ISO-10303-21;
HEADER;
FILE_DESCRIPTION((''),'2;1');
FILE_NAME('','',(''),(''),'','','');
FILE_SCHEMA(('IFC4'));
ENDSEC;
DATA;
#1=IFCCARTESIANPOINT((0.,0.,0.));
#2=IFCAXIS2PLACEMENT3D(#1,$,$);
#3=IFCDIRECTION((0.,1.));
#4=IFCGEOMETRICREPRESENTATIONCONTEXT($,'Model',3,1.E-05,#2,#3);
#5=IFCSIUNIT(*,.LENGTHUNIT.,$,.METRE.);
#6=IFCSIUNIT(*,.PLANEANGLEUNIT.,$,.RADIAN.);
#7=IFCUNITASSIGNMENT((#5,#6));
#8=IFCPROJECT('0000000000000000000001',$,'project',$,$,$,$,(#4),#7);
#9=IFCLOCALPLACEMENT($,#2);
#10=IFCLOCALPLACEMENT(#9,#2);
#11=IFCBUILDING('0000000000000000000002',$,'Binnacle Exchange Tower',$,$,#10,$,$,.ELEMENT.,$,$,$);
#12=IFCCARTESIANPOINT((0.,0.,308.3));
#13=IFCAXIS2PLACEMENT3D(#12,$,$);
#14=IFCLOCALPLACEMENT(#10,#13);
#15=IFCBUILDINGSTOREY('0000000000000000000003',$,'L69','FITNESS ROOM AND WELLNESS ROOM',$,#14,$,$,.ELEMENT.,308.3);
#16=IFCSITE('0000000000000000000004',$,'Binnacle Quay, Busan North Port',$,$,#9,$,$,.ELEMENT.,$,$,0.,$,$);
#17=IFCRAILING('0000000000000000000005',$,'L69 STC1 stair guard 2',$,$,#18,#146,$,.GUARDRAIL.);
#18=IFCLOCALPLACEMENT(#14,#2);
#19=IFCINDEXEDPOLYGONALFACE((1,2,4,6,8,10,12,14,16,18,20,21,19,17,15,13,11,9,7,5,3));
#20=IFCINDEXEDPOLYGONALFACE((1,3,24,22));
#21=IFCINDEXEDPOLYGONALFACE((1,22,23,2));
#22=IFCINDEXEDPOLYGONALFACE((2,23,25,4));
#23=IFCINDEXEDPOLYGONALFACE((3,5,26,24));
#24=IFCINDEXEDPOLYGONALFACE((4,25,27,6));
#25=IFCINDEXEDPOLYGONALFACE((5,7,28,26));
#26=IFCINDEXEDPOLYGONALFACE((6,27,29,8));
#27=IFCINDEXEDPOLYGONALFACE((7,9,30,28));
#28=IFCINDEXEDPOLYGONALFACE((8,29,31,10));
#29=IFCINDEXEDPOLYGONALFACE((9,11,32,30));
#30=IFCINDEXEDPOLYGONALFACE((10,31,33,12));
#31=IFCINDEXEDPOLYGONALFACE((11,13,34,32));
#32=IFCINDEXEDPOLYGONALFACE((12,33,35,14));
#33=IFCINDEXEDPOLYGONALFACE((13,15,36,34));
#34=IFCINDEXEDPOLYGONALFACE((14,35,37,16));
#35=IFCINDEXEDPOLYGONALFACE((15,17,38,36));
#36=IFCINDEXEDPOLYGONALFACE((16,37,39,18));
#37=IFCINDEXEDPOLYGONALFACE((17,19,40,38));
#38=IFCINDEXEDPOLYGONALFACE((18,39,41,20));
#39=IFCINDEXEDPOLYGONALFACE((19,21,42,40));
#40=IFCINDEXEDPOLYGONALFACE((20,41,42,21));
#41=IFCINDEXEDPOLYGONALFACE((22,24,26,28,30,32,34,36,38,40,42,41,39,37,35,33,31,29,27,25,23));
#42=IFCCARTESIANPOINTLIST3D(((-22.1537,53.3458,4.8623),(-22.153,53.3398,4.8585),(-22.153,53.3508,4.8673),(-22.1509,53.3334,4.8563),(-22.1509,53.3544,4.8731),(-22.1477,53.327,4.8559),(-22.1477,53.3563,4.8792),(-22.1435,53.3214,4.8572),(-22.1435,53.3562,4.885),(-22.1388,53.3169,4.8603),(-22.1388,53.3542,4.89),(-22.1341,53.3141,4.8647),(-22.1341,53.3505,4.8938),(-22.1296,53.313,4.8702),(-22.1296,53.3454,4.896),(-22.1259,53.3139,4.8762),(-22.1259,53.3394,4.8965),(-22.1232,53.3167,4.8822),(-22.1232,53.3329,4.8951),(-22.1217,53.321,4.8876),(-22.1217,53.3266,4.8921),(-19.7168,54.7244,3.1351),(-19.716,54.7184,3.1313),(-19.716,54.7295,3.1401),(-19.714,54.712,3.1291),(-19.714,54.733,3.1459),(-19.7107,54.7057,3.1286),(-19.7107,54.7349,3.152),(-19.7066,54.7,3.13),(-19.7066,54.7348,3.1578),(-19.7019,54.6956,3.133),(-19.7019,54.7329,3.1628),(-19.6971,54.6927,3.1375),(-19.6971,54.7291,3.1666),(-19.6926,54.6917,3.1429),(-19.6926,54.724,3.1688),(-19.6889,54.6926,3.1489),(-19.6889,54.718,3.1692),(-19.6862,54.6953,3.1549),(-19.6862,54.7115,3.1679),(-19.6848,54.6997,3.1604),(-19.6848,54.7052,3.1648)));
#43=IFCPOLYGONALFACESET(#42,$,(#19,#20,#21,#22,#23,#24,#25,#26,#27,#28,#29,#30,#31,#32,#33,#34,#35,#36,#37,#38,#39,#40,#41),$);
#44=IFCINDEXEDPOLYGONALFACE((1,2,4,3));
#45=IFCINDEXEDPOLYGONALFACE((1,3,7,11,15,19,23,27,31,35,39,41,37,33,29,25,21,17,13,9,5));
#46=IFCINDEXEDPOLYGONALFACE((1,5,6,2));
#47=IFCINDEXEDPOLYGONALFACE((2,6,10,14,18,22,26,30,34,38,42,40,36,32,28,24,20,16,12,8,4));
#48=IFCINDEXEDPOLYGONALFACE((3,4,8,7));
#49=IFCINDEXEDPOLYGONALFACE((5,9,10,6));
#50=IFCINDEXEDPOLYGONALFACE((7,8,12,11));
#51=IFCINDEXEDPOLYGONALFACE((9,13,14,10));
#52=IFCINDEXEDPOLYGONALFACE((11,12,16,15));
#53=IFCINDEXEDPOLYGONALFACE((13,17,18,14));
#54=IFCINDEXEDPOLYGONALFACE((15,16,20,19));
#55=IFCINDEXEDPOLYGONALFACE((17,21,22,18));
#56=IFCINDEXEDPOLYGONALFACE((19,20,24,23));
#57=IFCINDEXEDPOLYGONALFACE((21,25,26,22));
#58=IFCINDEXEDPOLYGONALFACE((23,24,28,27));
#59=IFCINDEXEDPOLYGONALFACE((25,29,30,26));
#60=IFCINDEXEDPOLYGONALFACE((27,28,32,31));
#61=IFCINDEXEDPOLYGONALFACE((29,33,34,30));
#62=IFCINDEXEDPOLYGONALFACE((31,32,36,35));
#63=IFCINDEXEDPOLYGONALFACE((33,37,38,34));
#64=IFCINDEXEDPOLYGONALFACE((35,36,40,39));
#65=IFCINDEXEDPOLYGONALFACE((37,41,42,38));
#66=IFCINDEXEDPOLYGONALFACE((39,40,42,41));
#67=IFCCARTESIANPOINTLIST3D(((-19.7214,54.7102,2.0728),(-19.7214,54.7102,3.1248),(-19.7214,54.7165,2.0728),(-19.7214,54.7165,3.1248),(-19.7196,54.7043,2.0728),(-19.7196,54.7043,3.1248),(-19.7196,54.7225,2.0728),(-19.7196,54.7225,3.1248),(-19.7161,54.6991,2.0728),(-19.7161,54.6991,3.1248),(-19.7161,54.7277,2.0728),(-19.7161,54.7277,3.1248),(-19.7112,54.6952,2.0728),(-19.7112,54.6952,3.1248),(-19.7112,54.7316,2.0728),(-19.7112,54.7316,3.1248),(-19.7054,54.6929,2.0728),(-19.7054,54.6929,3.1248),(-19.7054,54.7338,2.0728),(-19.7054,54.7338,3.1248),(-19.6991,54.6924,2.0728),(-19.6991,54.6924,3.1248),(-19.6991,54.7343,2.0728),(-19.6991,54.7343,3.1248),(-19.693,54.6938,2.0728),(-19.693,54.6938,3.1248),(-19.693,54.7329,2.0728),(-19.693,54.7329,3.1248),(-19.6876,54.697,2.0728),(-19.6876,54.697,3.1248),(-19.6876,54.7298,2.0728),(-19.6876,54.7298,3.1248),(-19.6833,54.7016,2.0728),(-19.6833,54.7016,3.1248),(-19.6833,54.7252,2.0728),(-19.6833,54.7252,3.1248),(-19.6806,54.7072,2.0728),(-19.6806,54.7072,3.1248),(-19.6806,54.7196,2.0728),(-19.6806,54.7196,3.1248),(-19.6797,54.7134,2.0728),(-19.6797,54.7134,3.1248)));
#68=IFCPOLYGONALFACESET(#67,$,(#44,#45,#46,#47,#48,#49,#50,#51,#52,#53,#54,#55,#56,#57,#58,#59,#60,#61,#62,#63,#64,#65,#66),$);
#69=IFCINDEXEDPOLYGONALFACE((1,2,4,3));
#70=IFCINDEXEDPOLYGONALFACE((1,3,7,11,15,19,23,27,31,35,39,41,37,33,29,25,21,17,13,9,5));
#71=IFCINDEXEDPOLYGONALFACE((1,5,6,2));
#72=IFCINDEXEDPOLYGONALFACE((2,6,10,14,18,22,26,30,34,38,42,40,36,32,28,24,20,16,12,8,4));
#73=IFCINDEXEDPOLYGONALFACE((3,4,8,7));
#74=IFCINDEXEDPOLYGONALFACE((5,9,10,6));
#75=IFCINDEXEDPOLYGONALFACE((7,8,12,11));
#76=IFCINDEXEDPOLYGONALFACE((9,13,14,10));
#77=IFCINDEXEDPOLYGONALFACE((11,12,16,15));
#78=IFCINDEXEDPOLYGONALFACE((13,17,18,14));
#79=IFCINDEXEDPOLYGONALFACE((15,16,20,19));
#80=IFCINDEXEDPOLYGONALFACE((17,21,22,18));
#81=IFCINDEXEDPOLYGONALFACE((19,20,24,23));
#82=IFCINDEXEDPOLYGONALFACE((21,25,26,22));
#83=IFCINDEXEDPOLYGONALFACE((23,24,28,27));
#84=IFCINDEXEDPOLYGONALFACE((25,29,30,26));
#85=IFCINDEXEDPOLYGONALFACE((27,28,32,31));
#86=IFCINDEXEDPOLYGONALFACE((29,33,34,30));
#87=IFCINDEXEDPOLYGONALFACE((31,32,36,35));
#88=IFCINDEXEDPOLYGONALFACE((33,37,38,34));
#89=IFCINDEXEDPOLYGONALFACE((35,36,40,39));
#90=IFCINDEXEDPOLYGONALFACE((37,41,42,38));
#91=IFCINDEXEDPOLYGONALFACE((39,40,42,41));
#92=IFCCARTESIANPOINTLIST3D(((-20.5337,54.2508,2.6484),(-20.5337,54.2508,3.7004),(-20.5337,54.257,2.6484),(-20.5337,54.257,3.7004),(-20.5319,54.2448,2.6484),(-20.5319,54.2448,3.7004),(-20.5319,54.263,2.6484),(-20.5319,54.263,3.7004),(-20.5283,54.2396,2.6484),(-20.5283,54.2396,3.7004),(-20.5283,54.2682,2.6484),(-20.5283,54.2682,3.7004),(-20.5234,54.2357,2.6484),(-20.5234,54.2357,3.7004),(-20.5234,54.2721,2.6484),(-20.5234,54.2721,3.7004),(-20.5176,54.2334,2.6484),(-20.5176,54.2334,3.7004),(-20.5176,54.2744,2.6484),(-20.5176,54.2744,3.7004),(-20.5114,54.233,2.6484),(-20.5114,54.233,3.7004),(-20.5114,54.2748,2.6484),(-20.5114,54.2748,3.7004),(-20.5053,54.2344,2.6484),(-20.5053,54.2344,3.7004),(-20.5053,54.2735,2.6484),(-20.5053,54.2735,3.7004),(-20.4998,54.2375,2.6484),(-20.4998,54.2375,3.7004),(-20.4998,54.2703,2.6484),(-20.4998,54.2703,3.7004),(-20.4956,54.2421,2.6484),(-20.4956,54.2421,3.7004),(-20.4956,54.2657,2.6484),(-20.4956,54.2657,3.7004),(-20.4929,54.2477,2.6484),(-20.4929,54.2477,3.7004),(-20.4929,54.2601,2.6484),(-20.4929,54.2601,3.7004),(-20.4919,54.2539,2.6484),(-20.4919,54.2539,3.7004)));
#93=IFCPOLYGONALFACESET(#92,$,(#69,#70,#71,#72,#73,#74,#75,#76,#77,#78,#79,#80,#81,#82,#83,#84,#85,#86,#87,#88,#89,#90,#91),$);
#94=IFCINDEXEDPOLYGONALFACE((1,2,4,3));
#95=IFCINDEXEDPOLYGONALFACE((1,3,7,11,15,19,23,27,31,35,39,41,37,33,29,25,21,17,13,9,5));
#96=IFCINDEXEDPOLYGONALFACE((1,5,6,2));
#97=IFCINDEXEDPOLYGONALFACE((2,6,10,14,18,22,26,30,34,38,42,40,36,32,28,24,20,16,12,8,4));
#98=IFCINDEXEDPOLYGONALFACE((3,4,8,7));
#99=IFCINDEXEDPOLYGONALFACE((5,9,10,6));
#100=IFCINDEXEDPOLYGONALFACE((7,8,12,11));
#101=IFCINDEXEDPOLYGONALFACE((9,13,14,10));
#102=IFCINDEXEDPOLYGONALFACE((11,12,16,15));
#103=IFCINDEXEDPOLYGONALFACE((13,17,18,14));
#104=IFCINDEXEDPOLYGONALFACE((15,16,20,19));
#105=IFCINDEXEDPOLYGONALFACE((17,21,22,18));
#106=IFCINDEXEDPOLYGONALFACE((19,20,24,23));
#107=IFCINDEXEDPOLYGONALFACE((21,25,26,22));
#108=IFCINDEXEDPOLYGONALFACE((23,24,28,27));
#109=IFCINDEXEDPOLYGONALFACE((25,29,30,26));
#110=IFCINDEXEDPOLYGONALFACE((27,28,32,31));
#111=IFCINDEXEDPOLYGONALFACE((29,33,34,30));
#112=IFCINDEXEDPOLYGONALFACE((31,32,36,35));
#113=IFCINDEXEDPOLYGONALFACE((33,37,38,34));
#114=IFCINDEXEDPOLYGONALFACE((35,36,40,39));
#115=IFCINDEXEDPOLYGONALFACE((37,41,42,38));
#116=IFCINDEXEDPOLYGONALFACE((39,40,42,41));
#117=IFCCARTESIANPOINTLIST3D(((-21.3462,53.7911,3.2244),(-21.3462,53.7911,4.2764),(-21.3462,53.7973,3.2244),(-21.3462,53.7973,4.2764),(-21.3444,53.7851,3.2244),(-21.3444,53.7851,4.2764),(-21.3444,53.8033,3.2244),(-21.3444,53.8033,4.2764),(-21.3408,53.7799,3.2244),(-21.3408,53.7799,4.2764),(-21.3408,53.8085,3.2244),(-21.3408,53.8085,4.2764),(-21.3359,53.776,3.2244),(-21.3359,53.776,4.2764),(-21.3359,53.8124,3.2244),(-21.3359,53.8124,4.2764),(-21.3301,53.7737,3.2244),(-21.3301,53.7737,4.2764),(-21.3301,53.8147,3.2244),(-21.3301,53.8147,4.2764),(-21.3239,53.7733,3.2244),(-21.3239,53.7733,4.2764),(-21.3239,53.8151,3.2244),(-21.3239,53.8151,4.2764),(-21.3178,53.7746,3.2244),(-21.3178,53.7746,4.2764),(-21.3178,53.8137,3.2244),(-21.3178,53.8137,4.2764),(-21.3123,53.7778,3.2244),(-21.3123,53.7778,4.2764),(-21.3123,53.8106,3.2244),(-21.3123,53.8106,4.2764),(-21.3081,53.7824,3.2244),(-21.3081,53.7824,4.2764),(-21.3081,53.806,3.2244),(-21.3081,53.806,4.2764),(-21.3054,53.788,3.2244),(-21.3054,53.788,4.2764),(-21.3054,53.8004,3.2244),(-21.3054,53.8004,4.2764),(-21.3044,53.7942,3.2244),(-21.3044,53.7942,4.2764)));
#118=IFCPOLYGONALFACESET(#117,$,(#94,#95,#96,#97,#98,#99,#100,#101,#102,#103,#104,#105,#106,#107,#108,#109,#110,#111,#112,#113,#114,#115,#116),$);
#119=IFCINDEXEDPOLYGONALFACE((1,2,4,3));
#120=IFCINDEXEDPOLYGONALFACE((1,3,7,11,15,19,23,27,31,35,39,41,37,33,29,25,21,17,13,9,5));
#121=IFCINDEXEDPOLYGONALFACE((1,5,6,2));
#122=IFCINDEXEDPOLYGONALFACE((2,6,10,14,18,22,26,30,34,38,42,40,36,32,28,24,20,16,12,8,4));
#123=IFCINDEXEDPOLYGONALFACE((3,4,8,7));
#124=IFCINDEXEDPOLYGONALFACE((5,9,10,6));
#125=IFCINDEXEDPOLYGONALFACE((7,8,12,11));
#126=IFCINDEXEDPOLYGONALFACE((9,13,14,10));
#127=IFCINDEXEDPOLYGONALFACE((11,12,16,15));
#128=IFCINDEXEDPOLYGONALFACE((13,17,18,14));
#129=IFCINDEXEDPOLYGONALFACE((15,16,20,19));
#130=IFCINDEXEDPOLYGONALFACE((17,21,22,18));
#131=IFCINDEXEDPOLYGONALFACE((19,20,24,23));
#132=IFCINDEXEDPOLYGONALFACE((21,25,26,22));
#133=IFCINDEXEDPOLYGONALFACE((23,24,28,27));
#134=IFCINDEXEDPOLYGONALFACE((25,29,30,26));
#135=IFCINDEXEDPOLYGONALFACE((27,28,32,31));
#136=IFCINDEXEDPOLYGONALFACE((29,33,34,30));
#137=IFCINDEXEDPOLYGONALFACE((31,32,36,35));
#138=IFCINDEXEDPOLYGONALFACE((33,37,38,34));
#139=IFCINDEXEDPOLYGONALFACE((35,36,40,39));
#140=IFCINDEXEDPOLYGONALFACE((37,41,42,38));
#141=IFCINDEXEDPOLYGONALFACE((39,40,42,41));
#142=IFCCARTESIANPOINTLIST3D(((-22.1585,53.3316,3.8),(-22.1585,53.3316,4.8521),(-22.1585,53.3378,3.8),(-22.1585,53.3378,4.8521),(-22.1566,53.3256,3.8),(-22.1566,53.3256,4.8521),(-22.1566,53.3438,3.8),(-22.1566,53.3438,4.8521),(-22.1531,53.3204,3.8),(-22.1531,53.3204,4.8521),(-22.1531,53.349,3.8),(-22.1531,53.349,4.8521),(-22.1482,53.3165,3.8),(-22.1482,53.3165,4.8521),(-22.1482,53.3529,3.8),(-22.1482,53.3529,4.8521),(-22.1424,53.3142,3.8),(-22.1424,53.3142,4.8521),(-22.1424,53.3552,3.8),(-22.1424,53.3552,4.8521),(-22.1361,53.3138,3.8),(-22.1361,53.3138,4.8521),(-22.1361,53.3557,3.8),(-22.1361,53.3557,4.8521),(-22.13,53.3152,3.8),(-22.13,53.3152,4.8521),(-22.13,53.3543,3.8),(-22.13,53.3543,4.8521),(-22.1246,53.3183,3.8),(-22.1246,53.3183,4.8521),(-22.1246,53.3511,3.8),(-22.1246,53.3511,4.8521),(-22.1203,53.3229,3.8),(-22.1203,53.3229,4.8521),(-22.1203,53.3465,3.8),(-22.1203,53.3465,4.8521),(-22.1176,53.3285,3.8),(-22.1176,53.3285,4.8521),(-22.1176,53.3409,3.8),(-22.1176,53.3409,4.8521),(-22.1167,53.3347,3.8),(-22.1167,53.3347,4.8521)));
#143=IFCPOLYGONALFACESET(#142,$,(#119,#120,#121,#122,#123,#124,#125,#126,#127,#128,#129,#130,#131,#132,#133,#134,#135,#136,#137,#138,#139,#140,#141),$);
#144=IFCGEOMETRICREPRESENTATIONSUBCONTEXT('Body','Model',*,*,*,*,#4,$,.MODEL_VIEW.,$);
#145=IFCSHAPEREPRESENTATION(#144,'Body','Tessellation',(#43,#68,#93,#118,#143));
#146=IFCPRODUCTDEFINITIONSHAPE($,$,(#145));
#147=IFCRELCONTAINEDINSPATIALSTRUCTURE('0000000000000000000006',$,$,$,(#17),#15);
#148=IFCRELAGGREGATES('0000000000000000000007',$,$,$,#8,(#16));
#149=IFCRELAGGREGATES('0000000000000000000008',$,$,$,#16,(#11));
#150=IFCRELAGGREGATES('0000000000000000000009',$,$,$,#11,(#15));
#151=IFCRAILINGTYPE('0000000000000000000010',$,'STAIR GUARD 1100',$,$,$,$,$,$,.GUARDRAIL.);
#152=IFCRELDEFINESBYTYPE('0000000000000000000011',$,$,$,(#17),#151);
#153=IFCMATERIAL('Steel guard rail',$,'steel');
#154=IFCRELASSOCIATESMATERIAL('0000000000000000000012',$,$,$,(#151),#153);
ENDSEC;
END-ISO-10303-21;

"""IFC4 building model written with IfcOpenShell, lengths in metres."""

from ifc_helpers import new_model, si_unit, direction, frame, origin, origin_2d, place, context, subcontext, project, spatial, circle, extrude, material, type_object, element, save


model = new_model("IFC4")

# Units and contexts
model_context = context("Model", 3, precision=1e-05, world=origin(), true_north=direction((0.0, 1.0)))
body_context = subcontext(model_context, "Body", "Model", "MODEL_VIEW")
ifc_project = project(units=[si_unit("LENGTHUNIT", "METRE"), si_unit("PLANEANGLEUNIT", "RADIAN")], contexts=[model_context])

# Site, building, storey
site_placement = place(None, origin())
site = spatial("IfcSite", under=ifc_project, at=site_placement, Name="Binnacle Quay, Busan North Port", CompositionType="ELEMENT", RefElevation=0.0)
building_placement = place(site_placement, origin())
building = spatial("IfcBuilding", under=site, at=building_placement, Name="Binnacle Exchange Tower", CompositionType="ELEMENT")
storey_placement = place(building_placement, frame((0.0, 0.0, 308.3)))
storey = spatial("IfcBuildingStorey", under=building, at=storey_placement, Name="L69", Description="FITNESS ROOM AND WELLNESS ROOM", CompositionType="ELEMENT", Elevation=308.3)

# Railing
ifc_material_1 = material(Name="Steel guard rail", Category="steel")
railing_type = type_object("IfcRailingType", Name="STAIR GUARD 1100", PredefinedType="GUARDRAIL", material=ifc_material_1)
railing_placement = place(storey_placement, frame((-19.7007, 54.7134, 2.0728)))
element("IfcRailing", 1, at=railing_placement, inside=storey, type_object=railing_type, Name="L69 STC1 stair guard 2", PredefinedType="GUARDRAIL", context=body_context, shape_type="SweptSolid", body=[
    extrude(circle(Radius=0.0239, at=origin_2d()), frame((0.0, 0.0, 1.0762), z_axis=(-0.740761, -0.419062, 0.525033), x_axis=(0.492388, -0.870376, 0.0)), (0.0, 0.0, 1.0), 3.2898),
    extrude(circle(Radius=0.021, at=origin_2d()), origin(), (0.0, 0.0, 1.0), 1.052),
    extrude(circle(Radius=0.021, at=origin_2d()), frame((-0.8123, -0.4595, 0.5757)), (0.0, 0.0, 1.0), 1.052),
    extrude(circle(Radius=0.021, at=origin_2d()), frame((-1.6248, -0.9192, 1.1516)), (0.0, 0.0, 1.0), 1.052),
    extrude(circle(Radius=0.021, at=origin_2d()), frame((-2.437, -1.3787, 1.7273)), (0.0, 0.0, 1.0), 1.052),
])

save(model, "model.ifc")
